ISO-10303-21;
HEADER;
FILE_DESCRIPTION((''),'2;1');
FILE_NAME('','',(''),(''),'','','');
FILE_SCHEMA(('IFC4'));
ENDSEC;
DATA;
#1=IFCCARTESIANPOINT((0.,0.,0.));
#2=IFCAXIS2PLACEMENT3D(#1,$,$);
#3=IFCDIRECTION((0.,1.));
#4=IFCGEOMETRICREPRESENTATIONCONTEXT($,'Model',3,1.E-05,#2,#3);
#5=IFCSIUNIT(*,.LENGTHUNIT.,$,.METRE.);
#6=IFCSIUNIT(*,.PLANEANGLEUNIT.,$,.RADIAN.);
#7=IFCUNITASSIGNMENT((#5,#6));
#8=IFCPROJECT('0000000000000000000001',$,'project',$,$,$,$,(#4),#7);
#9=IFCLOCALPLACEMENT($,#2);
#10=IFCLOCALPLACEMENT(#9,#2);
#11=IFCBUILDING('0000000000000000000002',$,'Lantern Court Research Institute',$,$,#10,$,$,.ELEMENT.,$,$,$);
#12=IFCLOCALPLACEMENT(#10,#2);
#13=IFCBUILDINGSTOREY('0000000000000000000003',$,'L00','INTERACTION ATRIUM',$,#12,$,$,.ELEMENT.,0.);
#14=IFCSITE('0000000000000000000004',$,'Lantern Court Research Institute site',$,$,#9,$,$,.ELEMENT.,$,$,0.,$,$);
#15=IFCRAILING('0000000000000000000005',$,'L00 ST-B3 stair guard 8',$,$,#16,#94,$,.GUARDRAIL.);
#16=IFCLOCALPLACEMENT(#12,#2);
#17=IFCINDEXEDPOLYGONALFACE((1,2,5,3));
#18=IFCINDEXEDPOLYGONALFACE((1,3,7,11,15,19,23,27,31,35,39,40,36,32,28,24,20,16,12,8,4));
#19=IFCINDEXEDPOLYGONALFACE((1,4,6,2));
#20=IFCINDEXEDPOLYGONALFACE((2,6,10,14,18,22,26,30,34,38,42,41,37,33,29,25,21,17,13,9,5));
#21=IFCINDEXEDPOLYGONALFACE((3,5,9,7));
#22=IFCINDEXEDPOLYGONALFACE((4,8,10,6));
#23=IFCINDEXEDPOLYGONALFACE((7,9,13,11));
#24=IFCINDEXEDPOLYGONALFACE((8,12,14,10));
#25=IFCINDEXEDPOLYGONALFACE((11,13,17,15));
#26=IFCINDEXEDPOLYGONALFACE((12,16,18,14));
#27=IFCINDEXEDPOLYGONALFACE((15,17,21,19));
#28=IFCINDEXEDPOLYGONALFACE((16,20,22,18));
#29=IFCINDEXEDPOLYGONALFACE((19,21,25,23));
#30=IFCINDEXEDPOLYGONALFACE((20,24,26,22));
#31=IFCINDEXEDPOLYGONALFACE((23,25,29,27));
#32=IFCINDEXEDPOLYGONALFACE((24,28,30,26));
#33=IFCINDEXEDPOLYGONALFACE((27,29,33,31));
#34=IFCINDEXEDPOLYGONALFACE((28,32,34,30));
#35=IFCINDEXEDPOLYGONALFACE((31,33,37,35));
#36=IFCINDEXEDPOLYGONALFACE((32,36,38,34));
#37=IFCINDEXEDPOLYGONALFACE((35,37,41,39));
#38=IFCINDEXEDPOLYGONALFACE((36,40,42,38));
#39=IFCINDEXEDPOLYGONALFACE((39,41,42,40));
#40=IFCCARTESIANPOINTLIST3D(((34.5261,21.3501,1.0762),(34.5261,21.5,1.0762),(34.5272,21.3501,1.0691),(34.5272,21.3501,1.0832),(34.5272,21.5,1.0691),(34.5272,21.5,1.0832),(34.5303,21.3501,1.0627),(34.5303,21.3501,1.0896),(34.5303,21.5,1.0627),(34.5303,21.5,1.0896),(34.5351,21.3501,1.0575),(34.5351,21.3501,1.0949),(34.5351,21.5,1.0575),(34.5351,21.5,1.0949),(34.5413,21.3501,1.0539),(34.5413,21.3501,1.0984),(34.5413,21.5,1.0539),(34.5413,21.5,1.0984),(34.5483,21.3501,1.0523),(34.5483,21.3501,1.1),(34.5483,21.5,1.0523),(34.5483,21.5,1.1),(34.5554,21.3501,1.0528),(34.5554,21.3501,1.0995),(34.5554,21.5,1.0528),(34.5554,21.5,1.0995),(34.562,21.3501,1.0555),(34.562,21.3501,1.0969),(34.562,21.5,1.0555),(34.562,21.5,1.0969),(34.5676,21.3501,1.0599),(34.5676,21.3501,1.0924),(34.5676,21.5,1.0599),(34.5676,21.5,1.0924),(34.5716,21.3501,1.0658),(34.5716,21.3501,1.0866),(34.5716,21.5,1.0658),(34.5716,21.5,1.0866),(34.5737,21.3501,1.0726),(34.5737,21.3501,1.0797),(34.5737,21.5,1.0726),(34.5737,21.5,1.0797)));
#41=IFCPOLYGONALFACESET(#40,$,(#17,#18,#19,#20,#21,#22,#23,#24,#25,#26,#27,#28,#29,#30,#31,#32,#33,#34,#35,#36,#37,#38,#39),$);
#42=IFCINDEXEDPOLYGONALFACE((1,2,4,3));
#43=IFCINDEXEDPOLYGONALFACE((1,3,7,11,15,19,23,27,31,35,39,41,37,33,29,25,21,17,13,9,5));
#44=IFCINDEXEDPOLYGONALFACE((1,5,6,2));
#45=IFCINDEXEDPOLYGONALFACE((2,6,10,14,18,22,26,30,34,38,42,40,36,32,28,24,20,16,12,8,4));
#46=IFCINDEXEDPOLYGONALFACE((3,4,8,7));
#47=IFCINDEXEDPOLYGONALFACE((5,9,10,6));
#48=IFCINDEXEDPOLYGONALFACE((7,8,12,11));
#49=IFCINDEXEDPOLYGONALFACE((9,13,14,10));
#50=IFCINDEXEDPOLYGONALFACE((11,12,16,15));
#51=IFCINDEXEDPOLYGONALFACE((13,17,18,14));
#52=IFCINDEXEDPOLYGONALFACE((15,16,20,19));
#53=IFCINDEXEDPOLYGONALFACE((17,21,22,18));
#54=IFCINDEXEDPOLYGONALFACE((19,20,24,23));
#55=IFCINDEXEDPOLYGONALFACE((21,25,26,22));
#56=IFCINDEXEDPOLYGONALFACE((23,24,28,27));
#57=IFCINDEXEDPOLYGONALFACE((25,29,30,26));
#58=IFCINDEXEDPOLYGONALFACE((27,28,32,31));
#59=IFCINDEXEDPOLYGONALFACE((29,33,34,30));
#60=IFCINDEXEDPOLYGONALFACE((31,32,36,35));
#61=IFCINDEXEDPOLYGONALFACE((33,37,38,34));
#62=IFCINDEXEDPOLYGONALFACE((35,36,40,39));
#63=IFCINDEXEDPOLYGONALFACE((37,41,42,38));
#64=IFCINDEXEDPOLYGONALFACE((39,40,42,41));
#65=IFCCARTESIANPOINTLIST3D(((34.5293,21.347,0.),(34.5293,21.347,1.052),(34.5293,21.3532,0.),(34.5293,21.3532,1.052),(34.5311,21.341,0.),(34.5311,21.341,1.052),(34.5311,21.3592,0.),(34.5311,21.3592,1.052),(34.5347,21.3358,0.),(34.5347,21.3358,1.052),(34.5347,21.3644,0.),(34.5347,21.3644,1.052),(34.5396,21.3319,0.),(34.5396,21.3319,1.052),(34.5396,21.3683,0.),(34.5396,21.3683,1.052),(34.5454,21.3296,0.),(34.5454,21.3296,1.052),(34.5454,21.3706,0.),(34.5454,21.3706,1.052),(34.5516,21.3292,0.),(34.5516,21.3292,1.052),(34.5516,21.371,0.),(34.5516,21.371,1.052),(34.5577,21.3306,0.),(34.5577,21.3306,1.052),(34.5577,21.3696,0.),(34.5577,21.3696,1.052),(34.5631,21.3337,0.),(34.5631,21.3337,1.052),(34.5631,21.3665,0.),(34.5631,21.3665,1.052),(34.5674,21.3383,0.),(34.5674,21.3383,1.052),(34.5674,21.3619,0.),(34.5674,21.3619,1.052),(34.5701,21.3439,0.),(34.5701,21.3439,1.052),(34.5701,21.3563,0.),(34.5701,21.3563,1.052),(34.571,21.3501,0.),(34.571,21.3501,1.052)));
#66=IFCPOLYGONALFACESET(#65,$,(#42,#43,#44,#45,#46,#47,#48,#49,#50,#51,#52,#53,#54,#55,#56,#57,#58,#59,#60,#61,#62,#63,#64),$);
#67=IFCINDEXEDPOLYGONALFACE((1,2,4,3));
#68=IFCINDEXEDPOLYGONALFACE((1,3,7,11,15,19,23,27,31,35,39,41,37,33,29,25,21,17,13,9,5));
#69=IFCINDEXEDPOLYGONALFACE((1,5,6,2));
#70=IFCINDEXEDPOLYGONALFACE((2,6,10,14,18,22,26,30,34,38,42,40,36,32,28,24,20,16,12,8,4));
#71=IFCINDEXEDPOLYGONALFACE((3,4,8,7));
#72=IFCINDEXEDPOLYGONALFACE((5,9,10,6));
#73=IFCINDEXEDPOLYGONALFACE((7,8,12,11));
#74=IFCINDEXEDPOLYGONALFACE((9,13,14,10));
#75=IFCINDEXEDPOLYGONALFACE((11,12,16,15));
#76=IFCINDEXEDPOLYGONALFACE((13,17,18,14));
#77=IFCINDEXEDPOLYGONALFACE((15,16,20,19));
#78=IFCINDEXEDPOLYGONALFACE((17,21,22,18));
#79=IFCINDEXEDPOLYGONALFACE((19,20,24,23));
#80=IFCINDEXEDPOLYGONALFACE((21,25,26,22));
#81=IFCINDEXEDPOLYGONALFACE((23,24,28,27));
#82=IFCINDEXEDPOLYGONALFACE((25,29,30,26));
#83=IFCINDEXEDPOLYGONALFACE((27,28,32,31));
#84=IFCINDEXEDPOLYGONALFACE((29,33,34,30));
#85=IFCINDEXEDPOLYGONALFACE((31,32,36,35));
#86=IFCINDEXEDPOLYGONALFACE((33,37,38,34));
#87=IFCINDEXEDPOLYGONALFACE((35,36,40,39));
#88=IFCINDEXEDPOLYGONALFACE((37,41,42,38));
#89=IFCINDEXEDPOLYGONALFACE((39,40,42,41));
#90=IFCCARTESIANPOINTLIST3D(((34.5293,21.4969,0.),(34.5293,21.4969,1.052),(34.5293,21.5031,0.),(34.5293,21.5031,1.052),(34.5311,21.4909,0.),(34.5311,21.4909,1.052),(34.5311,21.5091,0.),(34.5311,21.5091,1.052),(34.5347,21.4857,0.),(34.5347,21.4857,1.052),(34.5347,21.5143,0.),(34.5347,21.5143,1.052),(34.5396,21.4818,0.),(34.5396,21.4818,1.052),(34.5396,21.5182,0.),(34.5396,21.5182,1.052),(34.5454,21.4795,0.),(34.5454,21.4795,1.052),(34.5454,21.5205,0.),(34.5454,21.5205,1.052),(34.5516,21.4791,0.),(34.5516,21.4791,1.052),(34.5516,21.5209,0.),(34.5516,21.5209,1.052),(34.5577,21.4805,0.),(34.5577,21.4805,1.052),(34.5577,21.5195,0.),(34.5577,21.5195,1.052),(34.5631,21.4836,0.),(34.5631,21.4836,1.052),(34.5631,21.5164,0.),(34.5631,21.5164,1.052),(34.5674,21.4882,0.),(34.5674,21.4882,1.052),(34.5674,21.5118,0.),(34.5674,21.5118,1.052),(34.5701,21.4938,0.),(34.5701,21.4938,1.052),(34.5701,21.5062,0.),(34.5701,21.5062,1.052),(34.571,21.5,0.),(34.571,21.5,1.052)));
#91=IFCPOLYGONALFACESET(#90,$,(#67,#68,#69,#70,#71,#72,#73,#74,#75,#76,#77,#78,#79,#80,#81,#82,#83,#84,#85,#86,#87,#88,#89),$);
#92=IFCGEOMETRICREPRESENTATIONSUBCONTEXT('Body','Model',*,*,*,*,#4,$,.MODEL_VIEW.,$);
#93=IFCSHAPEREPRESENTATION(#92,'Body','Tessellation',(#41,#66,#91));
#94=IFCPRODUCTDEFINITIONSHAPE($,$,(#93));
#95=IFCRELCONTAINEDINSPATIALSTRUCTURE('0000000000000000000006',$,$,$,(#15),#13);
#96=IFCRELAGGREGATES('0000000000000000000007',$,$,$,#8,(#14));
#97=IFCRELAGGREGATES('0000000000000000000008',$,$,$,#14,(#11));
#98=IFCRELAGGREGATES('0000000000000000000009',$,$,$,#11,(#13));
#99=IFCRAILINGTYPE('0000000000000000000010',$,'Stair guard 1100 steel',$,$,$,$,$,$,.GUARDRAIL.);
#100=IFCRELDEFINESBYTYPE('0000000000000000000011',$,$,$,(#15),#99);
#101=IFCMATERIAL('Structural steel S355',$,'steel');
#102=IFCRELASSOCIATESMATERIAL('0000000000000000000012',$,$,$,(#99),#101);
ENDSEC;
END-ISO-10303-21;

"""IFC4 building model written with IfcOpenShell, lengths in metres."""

from ifc_helpers import new_model, si_unit, direction, frame, origin, origin_2d, place, context, subcontext, project, spatial, circle, extrude, material, type_object, element, save


model = new_model("IFC4")

# Units and contexts
model_context = context("Model", 3, precision=1e-05, world=origin(), true_north=direction((0.0, 1.0)))
body_context = subcontext(model_context, "Body", "Model", "MODEL_VIEW")
ifc_project = project(units=[si_unit("LENGTHUNIT", "METRE"), si_unit("PLANEANGLEUNIT", "RADIAN")], contexts=[model_context])

# Site, building, storey
site_placement = place(None, origin())
site = spatial("IfcSite", under=ifc_project, at=site_placement, Name="Lantern Court Research Institute site", CompositionType="ELEMENT", RefElevation=0.0)
building_placement = place(site_placement, origin())
building = spatial("IfcBuilding", under=site, at=building_placement, Name="Lantern Court Research Institute", CompositionType="ELEMENT")
storey_placement = place(building_placement, origin())
storey = spatial("IfcBuildingStorey", under=building, at=storey_placement, Name="L00", Description="INTERACTION ATRIUM", CompositionType="ELEMENT", Elevation=0.0)

# Railing
ifc_material_1 = material(Name="Structural steel S355", Category="steel")
railing_type_1 = type_object("IfcRailingType", Name="Stair guard 1100 steel", PredefinedType="GUARDRAIL", material=ifc_material_1)
railing_1_placement = place(storey_placement, frame((34.55, 21.3501, 0.0)))
element("IfcRailing", 1, at=railing_1_placement, inside=storey, type_object=railing_type_1, Name="L00 ST-B3 stair guard 8", PredefinedType="GUARDRAIL", context=body_context, shape_type="SweptSolid", body=[
    extrude(circle(Radius=0.0239, at=origin_2d()), frame((0.0, 0.0, 1.0762), z_axis=(0.0, 1.0, 0.0), x_axis=(-1.0, 0.0, 0.0)), (0.0, 0.0, 1.0), 0.1499),
    extrude(circle(Radius=0.021, at=origin_2d()), origin(), (0.0, 0.0, 1.0), 1.052),
    extrude(circle(Radius=0.021, at=origin_2d()), frame((0.0, 0.1499, 0.0)), (0.0, 0.0, 1.0), 1.052),
])

save(model, "model.ifc")
